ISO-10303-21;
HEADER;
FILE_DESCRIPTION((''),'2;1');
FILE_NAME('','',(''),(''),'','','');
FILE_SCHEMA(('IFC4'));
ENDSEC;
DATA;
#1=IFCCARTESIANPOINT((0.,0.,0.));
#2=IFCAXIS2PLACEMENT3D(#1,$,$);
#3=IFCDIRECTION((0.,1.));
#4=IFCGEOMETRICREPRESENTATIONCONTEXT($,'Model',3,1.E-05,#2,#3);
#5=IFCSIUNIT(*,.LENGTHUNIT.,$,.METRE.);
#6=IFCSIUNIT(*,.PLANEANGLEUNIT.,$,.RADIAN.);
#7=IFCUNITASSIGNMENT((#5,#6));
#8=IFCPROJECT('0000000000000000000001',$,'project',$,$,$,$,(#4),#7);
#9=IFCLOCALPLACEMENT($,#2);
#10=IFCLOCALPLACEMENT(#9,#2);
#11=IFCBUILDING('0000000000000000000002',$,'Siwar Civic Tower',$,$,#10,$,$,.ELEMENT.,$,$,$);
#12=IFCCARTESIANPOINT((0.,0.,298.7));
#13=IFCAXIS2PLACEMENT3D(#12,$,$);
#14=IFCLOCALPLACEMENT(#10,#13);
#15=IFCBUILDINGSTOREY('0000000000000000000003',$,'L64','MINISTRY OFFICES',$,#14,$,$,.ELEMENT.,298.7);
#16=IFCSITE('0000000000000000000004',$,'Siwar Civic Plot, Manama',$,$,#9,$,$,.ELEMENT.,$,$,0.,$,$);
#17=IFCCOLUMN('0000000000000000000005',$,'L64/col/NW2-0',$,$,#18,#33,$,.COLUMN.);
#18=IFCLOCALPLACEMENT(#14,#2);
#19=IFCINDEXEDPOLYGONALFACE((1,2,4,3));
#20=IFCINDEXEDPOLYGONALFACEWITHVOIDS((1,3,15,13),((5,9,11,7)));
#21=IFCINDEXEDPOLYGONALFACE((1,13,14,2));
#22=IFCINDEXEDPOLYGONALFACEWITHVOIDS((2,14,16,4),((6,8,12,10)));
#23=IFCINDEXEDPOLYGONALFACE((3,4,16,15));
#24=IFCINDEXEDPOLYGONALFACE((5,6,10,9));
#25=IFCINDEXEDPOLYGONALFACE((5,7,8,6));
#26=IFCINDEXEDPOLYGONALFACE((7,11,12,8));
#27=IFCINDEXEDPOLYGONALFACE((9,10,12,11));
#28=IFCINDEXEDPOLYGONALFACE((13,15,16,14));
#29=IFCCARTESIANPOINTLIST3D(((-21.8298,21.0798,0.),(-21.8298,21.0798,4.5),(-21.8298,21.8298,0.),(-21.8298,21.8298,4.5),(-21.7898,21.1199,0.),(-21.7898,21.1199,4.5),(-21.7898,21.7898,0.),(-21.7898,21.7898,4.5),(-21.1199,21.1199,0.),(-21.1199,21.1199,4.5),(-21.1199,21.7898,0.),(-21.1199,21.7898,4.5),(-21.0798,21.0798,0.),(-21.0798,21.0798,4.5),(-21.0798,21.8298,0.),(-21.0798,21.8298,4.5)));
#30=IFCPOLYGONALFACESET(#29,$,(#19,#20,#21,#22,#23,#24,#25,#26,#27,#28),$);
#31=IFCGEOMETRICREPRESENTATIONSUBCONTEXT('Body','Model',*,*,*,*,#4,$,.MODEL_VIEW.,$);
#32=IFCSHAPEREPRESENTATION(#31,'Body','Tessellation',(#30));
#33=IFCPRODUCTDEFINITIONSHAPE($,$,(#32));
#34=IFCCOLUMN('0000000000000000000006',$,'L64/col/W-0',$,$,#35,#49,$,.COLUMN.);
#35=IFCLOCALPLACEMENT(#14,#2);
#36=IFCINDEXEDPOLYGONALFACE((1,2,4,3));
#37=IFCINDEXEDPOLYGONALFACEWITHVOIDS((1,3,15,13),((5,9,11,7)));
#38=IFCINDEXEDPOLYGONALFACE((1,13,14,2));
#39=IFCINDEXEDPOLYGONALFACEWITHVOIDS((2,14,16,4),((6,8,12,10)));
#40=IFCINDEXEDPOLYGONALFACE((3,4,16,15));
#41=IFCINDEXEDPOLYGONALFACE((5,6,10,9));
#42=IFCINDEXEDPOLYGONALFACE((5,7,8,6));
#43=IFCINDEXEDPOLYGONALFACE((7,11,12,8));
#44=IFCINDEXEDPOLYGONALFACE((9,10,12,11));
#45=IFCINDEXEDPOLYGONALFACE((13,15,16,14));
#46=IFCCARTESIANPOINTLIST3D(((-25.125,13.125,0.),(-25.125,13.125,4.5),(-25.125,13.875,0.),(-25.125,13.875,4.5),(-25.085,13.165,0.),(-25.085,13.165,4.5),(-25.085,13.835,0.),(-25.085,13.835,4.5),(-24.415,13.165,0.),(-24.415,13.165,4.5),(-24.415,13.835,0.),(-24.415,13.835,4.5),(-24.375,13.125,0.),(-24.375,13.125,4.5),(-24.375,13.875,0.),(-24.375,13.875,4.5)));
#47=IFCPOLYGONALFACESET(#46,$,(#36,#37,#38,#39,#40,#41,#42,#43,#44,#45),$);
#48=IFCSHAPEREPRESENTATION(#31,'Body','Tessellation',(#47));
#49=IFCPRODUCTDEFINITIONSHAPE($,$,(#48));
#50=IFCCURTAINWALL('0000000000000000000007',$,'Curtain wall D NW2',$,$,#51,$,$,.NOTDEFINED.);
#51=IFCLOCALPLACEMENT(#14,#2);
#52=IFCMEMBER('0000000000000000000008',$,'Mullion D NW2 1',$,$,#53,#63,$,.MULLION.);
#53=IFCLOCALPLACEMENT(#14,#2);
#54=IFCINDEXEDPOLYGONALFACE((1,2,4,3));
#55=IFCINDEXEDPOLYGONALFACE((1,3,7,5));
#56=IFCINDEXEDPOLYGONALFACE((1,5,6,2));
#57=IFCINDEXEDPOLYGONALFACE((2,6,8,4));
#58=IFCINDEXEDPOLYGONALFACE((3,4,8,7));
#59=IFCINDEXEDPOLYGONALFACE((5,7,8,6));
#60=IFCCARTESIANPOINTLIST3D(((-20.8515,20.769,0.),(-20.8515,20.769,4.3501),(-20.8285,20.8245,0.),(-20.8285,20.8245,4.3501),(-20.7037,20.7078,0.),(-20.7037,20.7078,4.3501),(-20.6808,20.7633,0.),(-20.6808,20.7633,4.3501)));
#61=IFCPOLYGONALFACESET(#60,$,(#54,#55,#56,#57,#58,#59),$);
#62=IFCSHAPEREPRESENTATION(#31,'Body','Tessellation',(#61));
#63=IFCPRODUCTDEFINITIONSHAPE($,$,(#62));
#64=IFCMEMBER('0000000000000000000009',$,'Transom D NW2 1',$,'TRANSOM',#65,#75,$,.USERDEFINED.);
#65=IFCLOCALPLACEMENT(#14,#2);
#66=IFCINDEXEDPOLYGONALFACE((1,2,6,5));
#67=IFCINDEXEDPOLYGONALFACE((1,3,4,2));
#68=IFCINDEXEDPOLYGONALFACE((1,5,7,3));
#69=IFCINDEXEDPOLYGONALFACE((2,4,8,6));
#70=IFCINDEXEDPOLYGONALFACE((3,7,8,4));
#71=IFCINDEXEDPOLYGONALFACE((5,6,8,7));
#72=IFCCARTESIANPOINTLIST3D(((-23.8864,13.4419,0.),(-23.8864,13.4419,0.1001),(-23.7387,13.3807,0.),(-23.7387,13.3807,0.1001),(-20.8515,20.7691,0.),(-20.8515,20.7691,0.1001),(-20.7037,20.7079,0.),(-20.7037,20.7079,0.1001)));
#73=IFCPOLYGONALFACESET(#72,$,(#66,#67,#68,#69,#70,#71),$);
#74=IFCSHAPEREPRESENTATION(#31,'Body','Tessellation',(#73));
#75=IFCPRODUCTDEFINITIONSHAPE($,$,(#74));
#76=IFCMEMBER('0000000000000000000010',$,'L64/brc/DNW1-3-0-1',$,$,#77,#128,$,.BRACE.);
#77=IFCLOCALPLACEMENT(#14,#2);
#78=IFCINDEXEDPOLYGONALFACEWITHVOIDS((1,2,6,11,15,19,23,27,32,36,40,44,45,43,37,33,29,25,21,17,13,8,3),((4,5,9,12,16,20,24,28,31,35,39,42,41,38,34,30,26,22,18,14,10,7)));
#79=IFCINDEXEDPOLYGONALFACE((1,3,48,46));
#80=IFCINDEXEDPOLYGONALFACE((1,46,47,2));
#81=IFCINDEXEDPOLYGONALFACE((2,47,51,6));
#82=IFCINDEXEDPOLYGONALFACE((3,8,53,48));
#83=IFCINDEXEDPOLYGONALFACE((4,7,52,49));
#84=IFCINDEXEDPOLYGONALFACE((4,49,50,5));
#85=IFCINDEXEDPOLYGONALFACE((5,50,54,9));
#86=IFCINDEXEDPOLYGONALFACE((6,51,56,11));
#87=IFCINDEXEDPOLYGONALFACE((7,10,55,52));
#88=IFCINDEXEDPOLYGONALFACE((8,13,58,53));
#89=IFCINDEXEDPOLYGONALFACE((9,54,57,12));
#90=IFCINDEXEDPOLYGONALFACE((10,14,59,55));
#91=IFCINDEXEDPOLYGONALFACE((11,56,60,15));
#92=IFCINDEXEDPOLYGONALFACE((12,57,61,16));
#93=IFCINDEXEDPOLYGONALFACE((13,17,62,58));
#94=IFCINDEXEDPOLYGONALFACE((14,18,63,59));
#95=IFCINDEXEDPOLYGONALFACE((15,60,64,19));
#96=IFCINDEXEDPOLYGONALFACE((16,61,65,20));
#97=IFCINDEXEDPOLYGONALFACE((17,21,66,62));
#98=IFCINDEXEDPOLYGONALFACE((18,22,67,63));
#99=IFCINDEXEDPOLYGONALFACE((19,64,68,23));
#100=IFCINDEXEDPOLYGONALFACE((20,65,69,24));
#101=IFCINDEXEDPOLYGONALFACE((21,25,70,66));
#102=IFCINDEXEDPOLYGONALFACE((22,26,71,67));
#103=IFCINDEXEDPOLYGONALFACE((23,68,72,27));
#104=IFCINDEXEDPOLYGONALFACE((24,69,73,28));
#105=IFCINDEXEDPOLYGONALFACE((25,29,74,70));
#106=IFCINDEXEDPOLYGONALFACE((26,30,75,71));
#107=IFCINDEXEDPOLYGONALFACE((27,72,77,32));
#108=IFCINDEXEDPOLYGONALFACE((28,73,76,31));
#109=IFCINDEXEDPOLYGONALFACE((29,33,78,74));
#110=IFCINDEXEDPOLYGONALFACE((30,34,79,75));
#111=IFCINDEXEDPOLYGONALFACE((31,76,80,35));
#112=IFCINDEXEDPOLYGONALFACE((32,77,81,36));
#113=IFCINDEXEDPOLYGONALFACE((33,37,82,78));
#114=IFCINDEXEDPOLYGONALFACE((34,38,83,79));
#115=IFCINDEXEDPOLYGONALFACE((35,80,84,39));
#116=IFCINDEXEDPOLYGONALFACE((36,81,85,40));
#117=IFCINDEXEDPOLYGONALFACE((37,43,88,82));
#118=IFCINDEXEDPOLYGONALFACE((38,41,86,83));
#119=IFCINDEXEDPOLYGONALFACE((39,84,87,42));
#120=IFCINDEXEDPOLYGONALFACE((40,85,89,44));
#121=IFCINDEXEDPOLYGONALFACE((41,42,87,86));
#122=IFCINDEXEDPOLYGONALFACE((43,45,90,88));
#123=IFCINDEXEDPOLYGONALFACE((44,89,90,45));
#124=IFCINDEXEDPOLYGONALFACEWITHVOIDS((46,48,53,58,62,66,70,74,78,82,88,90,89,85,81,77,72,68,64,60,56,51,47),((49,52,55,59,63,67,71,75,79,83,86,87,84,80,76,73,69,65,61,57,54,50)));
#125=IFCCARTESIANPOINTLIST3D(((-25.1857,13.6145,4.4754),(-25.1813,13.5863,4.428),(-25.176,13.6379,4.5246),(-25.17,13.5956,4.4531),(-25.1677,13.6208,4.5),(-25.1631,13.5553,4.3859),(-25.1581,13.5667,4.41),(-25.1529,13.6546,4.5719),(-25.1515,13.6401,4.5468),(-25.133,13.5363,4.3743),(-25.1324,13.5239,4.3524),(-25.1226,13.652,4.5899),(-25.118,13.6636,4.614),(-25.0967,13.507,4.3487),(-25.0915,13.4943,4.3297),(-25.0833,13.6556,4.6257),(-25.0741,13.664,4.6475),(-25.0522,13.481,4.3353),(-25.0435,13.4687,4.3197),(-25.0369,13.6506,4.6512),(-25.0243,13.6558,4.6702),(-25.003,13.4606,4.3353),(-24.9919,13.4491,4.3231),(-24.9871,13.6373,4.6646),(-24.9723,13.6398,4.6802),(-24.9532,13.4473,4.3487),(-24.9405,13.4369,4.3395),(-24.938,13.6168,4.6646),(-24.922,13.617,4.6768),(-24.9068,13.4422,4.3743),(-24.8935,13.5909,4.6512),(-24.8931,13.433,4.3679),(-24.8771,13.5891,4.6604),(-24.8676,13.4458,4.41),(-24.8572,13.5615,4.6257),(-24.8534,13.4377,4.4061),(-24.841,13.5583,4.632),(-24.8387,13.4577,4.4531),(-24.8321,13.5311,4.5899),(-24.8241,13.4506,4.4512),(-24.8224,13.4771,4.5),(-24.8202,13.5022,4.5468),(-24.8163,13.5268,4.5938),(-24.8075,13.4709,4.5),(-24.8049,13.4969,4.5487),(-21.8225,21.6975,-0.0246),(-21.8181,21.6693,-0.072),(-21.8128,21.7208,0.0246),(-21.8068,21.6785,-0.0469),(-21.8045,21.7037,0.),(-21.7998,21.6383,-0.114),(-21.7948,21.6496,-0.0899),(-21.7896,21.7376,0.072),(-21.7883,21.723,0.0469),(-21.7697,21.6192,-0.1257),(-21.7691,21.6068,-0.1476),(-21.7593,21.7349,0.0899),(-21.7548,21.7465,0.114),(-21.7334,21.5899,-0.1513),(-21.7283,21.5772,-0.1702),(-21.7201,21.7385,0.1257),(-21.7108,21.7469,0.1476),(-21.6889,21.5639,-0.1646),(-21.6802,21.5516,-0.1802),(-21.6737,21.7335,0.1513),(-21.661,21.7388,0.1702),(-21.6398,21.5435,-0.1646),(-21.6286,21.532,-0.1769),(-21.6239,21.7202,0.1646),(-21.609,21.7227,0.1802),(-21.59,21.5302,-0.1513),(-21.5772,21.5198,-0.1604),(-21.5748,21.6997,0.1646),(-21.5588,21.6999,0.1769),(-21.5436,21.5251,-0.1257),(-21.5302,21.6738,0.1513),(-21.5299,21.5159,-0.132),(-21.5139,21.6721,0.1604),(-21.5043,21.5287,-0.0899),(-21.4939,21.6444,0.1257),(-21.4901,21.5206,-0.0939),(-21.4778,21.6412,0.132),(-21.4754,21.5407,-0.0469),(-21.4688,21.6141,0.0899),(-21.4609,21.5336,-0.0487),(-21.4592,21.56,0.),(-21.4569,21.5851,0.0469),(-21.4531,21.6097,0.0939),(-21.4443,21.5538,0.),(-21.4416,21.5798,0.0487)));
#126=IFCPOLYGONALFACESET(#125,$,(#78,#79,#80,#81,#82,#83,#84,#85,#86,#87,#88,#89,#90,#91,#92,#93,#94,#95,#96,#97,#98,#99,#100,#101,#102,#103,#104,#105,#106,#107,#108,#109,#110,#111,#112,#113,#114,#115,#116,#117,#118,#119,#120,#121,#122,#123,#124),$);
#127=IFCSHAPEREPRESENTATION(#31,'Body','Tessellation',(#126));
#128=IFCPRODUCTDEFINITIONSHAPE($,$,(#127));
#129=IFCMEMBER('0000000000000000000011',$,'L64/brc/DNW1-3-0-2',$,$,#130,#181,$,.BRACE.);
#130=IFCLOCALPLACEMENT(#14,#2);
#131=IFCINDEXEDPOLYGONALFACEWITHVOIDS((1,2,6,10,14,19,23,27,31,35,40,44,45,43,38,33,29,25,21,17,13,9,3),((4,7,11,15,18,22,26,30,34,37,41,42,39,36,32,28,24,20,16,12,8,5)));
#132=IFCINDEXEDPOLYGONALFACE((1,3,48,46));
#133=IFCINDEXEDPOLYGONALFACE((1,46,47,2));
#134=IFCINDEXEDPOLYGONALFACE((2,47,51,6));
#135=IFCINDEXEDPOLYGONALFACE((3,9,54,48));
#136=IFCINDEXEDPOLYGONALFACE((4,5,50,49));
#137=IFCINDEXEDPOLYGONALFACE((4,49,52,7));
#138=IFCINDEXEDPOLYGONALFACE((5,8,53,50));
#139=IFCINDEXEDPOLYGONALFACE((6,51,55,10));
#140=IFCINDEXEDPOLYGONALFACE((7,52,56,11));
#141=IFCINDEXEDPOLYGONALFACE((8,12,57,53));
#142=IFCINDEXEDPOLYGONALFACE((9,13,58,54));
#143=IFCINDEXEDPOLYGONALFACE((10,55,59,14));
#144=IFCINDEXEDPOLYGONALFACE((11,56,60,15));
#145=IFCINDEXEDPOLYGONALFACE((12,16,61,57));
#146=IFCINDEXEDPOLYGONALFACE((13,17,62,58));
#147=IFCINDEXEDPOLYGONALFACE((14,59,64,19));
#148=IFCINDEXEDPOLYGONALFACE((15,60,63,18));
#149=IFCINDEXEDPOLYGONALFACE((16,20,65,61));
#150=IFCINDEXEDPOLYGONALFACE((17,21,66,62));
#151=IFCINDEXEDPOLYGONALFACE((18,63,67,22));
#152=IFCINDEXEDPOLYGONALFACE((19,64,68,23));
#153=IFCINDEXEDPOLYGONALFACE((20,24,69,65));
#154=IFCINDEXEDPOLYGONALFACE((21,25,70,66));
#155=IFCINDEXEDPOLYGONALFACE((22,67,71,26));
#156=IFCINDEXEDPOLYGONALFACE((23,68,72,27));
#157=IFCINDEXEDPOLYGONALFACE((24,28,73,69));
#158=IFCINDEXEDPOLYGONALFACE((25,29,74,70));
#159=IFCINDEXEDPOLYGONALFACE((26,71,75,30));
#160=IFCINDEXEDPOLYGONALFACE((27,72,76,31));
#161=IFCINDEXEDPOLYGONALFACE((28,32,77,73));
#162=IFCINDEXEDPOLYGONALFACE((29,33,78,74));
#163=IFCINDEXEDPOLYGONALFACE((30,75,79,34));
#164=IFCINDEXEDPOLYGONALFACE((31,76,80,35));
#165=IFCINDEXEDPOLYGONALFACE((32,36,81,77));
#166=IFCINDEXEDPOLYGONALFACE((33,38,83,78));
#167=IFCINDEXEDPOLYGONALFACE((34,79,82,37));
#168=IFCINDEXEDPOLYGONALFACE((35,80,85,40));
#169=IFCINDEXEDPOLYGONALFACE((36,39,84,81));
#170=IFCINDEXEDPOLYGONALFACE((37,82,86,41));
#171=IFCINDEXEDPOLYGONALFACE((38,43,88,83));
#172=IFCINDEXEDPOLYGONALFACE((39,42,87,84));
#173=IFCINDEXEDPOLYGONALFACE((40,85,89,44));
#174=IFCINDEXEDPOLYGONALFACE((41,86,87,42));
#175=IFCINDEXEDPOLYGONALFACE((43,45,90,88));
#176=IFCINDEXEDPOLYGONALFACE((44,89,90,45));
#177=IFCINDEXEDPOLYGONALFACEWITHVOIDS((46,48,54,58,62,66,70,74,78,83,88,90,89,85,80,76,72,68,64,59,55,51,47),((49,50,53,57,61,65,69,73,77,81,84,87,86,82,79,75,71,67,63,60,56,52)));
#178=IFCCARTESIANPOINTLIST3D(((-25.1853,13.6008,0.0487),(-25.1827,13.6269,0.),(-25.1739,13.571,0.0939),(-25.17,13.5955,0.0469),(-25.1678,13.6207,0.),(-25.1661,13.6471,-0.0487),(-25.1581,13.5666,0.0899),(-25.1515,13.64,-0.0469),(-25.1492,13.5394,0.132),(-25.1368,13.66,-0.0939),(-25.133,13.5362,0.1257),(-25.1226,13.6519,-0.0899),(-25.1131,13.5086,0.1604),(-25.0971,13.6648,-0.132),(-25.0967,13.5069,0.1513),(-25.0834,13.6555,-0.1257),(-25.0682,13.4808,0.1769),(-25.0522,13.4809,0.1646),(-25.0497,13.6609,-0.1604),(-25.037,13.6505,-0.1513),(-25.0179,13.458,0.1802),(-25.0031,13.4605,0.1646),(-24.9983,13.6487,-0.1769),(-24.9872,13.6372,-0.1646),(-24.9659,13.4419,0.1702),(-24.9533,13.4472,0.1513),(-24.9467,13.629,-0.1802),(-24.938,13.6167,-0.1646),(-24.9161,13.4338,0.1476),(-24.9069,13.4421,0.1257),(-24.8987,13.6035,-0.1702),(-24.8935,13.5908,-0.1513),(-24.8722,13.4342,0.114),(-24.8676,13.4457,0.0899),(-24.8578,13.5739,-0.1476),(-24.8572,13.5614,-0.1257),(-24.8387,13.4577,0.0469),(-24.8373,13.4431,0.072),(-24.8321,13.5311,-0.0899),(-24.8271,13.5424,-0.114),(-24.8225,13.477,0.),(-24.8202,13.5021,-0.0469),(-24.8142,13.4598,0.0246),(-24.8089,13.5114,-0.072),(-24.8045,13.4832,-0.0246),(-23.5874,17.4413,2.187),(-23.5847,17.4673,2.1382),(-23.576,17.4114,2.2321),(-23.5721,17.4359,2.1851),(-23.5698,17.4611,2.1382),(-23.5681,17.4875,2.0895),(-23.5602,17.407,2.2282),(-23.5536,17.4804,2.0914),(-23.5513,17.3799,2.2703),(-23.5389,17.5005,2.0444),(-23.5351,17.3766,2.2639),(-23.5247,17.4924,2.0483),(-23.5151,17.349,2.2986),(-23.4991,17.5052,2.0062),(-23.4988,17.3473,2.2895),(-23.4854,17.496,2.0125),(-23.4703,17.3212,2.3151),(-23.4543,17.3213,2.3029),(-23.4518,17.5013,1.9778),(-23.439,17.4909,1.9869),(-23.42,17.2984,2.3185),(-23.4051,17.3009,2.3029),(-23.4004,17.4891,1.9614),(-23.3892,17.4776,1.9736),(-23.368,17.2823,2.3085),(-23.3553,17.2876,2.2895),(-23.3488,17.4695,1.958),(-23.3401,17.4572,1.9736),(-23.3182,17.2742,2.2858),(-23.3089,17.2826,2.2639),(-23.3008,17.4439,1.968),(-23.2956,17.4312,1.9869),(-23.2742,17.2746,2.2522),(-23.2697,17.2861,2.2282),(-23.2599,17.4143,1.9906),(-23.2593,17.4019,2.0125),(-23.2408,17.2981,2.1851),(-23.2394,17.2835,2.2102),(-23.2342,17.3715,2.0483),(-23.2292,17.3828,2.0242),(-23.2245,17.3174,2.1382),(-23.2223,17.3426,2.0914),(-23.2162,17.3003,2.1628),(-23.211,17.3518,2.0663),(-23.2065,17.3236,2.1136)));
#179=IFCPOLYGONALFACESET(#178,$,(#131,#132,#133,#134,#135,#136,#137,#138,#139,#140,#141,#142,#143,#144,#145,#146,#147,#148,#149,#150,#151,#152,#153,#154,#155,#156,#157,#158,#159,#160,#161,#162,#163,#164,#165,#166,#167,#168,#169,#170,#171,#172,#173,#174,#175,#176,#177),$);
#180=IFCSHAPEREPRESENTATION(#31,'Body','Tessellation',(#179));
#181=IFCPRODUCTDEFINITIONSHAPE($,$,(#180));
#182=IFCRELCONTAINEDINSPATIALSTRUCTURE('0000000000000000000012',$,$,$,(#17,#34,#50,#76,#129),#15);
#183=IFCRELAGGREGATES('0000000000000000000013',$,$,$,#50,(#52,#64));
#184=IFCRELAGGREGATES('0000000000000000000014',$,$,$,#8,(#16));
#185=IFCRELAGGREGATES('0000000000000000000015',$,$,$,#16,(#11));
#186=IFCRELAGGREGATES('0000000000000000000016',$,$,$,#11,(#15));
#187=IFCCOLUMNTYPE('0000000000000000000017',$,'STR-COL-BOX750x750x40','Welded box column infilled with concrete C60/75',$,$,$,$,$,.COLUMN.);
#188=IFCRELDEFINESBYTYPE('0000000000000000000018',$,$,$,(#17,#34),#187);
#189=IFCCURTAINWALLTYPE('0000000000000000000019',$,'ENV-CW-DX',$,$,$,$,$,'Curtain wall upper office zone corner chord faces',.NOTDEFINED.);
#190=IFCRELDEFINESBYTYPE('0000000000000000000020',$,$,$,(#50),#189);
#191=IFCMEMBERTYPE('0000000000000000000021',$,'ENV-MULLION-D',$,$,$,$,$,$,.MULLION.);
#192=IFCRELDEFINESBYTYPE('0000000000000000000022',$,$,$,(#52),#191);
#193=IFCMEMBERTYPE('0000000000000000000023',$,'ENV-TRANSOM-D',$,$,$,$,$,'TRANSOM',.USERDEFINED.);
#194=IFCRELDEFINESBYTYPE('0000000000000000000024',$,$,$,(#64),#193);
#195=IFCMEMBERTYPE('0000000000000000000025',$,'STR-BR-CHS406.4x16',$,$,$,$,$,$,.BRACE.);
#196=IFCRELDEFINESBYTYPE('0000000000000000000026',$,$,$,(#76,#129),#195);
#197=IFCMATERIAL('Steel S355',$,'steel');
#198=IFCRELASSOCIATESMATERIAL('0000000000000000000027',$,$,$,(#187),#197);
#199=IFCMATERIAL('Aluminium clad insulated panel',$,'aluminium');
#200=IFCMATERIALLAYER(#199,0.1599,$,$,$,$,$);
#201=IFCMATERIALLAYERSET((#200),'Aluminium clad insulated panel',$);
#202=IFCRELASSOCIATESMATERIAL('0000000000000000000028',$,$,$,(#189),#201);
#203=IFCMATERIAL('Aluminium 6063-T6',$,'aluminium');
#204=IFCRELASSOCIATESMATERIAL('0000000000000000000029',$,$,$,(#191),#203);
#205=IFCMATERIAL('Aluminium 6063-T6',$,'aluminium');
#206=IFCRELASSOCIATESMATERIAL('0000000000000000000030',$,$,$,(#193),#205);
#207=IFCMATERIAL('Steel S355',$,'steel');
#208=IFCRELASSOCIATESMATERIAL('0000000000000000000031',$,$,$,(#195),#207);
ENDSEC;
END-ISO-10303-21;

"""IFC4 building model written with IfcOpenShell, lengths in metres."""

from ifc_helpers import new_model, si_unit, direction, frame, origin, origin_2d, place, context, subcontext, project, spatial, rectangle, hollow_rectangle, hollow_circle, extrude, material, layer, layer_set, material_profile, profile_set, type_object, element, aggregate, save


model = new_model("IFC4")

# Units and contexts
model_context = context("Model", 3, precision=1e-05, world=origin(), true_north=direction((0.0, 1.0)))
body_context = subcontext(model_context, "Body", "Model", "MODEL_VIEW")
ifc_project = project(units=[si_unit("LENGTHUNIT", "METRE"), si_unit("PLANEANGLEUNIT", "RADIAN")], contexts=[model_context])

# Site, building, storey
site_placement = place(None, origin())
site = spatial("IfcSite", under=ifc_project, at=site_placement, Name="Siwar Civic Plot, Manama", CompositionType="ELEMENT", RefElevation=0.0)
building_placement = place(site_placement, origin())
building = spatial("IfcBuilding", under=site, at=building_placement, Name="Siwar Civic Tower", CompositionType="ELEMENT")
storey_placement = place(building_placement, frame((0.0, 0.0, 298.7)))
storey = spatial("IfcBuildingStorey", under=building, at=storey_placement, Name="L64", Description="MINISTRY OFFICES", CompositionType="ELEMENT", Elevation=298.7)

# Columns
ifc_material_1 = material(Name="Steel S355", Category="steel")
ifc_material_profile_1 = material_profile(ifc_material_1, hollow_rectangle(XDim=0.75, YDim=0.75, WallThickness=0.04, at=origin_2d()), Name="BOX750x750x40")
ifc_profile_set_1 = profile_set([ifc_material_profile_1], Name="Steel S355")
column_type = type_object("IfcColumnType", Name="STR-COL-BOX750x750x40", Description="Welded box column infilled with concrete C60/75", PredefinedType="COLUMN", material=ifc_profile_set_1)
for number, where, z_axis, x_axis, name in (
    (1, (-21.4548, 21.4548, 0.0), (0.0, 0.0, 1.0), (1.0, 0.0, 0.0), "L64/col/NW2-0"),
    (2, (-24.75, 13.5, 0.0), (0.0, 0.0, 1.0), (1.0, 0.0, 0.0), "L64/col/W-0"),
):
    element("IfcColumn", number, at=place(storey_placement, frame(where, z_axis=z_axis, x_axis=x_axis)), inside=storey, type_object=column_type, Name=name, PredefinedType="COLUMN", context=body_context, shape_type="SweptSolid", body=[
        extrude(hollow_rectangle(XDim=0.75, YDim=0.75, WallThickness=0.04, at=origin_2d()), origin(), (0.0, 0.0, 1.0), 4.5),
    ])

# Curtain wall, members
ifc_material_2 = material(Name="Aluminium clad insulated panel", Category="aluminium")
ifc_layer_1 = layer(ifc_material_2, 0.1599)
ifc_layer_set_1 = layer_set([ifc_layer_1], Name="Aluminium clad insulated panel")
curtain_wall_type = type_object("IfcCurtainWallType", Name="ENV-CW-DX", ElementType="Curtain wall upper office zone corner chord faces", PredefinedType="NOTDEFINED", material=ifc_layer_set_1)
curtain_wall_1_placement = place(storey_placement, origin())
curtain_wall_1 = element("IfcCurtainWall", 3, at=curtain_wall_1_placement, inside=storey, type_object=curtain_wall_type, Name="Curtain wall D NW2", PredefinedType="NOTDEFINED")
ifc_material_3 = material(Name="Aluminium 6063-T6", Category="aluminium")
ifc_material_profile_2 = material_profile(ifc_material_3, rectangle(XDim=0.1599, YDim=0.0601, at=origin_2d()), Name="AL 160x60")
ifc_profile_set_2 = profile_set([ifc_material_profile_2], Name="Aluminium 6063-T6")
member_type_1 = type_object("IfcMemberType", Name="ENV-MULLION-D", PredefinedType="MULLION", material=ifc_profile_set_2)
member_1_placement = place(storey_placement, frame((-20.7661, 20.7661, 0.0), z_axis=(0.0, 0.0, 1.0), x_axis=(0.92388, -0.382683, 0.0)))
member_1 = element("IfcMember", 4, at=member_1_placement, type_object=member_type_1, Name="Mullion D NW2 1", PredefinedType="MULLION", context=body_context, shape_type="SweptSolid", body=[
    extrude(rectangle(XDim=0.1599, YDim=0.0601, at=origin_2d()), origin(), (0.0, 0.0, 1.0), 4.3501),
])
ifc_material_4 = material(Name="Aluminium 6063-T6", Category="aluminium")
ifc_material_profile_3 = material_profile(ifc_material_4, rectangle(XDim=0.1599, YDim=0.1001, at=origin_2d()), Name="AL 160x100")
ifc_profile_set_3 = profile_set([ifc_material_profile_3], Name="Aluminium 6063-T6")
member_type_2 = type_object("IfcMemberType", Name="ENV-TRANSOM-D", ElementType="TRANSOM", PredefinedType="USERDEFINED", material=ifc_profile_set_3)
member_2_placement = place(storey_placement, frame((-20.7776, 20.7385, 0.05), z_axis=(-0.382674, -0.923884, 0.0), x_axis=(0.923884, -0.382674, 0.0)))
member_2 = element("IfcMember", 5, at=member_2_placement, type_object=member_type_2, Name="Transom D NW2 1", ObjectType="TRANSOM", PredefinedType="USERDEFINED", context=body_context, shape_type="SweptSolid", body=[
    extrude(rectangle(XDim=0.1599, YDim=0.1001, at=origin_2d()), origin(), (0.0, 0.0, 1.0), 7.9309),
])

# Members
ifc_material_5 = material(Name="Steel S355", Category="steel")
ifc_material_profile_4 = material_profile(ifc_material_5, hollow_circle(Radius=0.2031, WallThickness=0.0161, at=origin_2d()), Name="CHS406.4x16")
ifc_profile_set_4 = profile_set([ifc_material_profile_4], Name="Steel S355")
member_type_3 = type_object("IfcMemberType", Name="STR-BR-CHS406.4x16", PredefinedType="BRACE", material=ifc_profile_set_4)
member_3_placement = place(storey_placement, frame((-21.6318, 21.6318, 0.0), z_axis=(-0.341671, -0.821143, 0.457149), x_axis=(0.923265, -0.384164, 0.0)))
element("IfcMember", 6, at=member_3_placement, inside=storey, type_object=member_type_3, Name="L64/brc/DNW1-3-0-1", PredefinedType="BRACE", context=body_context, shape_type="SweptSolid", body=[
    extrude(hollow_circle(Radius=0.2031, WallThickness=0.0161, at=origin_2d()), origin(), (0.0, 0.0, 1.0), 9.8435),
])
for number, where, z_axis, x_axis, name in (
    (7, (-24.9951, 13.5488, 0.0), (0.341659, 0.82113, 0.457181), (-0.923268, 0.384157, 0.0), "L64/brc/DNW1-3-0-2"),
):
    element("IfcMember", number, at=place(storey_placement, frame(where, z_axis=z_axis, x_axis=x_axis)), inside=storey, type_object=member_type_3, Name=name, PredefinedType="BRACE", context=body_context, shape_type="SweptSolid", body=[
        extrude(hollow_circle(Radius=0.2031, WallThickness=0.0161, at=origin_2d()), origin(), (0.0, 0.0, 1.0), 4.677),
    ])

aggregate(curtain_wall_1, [member_1, member_2])

save(model, "model.ifc")
